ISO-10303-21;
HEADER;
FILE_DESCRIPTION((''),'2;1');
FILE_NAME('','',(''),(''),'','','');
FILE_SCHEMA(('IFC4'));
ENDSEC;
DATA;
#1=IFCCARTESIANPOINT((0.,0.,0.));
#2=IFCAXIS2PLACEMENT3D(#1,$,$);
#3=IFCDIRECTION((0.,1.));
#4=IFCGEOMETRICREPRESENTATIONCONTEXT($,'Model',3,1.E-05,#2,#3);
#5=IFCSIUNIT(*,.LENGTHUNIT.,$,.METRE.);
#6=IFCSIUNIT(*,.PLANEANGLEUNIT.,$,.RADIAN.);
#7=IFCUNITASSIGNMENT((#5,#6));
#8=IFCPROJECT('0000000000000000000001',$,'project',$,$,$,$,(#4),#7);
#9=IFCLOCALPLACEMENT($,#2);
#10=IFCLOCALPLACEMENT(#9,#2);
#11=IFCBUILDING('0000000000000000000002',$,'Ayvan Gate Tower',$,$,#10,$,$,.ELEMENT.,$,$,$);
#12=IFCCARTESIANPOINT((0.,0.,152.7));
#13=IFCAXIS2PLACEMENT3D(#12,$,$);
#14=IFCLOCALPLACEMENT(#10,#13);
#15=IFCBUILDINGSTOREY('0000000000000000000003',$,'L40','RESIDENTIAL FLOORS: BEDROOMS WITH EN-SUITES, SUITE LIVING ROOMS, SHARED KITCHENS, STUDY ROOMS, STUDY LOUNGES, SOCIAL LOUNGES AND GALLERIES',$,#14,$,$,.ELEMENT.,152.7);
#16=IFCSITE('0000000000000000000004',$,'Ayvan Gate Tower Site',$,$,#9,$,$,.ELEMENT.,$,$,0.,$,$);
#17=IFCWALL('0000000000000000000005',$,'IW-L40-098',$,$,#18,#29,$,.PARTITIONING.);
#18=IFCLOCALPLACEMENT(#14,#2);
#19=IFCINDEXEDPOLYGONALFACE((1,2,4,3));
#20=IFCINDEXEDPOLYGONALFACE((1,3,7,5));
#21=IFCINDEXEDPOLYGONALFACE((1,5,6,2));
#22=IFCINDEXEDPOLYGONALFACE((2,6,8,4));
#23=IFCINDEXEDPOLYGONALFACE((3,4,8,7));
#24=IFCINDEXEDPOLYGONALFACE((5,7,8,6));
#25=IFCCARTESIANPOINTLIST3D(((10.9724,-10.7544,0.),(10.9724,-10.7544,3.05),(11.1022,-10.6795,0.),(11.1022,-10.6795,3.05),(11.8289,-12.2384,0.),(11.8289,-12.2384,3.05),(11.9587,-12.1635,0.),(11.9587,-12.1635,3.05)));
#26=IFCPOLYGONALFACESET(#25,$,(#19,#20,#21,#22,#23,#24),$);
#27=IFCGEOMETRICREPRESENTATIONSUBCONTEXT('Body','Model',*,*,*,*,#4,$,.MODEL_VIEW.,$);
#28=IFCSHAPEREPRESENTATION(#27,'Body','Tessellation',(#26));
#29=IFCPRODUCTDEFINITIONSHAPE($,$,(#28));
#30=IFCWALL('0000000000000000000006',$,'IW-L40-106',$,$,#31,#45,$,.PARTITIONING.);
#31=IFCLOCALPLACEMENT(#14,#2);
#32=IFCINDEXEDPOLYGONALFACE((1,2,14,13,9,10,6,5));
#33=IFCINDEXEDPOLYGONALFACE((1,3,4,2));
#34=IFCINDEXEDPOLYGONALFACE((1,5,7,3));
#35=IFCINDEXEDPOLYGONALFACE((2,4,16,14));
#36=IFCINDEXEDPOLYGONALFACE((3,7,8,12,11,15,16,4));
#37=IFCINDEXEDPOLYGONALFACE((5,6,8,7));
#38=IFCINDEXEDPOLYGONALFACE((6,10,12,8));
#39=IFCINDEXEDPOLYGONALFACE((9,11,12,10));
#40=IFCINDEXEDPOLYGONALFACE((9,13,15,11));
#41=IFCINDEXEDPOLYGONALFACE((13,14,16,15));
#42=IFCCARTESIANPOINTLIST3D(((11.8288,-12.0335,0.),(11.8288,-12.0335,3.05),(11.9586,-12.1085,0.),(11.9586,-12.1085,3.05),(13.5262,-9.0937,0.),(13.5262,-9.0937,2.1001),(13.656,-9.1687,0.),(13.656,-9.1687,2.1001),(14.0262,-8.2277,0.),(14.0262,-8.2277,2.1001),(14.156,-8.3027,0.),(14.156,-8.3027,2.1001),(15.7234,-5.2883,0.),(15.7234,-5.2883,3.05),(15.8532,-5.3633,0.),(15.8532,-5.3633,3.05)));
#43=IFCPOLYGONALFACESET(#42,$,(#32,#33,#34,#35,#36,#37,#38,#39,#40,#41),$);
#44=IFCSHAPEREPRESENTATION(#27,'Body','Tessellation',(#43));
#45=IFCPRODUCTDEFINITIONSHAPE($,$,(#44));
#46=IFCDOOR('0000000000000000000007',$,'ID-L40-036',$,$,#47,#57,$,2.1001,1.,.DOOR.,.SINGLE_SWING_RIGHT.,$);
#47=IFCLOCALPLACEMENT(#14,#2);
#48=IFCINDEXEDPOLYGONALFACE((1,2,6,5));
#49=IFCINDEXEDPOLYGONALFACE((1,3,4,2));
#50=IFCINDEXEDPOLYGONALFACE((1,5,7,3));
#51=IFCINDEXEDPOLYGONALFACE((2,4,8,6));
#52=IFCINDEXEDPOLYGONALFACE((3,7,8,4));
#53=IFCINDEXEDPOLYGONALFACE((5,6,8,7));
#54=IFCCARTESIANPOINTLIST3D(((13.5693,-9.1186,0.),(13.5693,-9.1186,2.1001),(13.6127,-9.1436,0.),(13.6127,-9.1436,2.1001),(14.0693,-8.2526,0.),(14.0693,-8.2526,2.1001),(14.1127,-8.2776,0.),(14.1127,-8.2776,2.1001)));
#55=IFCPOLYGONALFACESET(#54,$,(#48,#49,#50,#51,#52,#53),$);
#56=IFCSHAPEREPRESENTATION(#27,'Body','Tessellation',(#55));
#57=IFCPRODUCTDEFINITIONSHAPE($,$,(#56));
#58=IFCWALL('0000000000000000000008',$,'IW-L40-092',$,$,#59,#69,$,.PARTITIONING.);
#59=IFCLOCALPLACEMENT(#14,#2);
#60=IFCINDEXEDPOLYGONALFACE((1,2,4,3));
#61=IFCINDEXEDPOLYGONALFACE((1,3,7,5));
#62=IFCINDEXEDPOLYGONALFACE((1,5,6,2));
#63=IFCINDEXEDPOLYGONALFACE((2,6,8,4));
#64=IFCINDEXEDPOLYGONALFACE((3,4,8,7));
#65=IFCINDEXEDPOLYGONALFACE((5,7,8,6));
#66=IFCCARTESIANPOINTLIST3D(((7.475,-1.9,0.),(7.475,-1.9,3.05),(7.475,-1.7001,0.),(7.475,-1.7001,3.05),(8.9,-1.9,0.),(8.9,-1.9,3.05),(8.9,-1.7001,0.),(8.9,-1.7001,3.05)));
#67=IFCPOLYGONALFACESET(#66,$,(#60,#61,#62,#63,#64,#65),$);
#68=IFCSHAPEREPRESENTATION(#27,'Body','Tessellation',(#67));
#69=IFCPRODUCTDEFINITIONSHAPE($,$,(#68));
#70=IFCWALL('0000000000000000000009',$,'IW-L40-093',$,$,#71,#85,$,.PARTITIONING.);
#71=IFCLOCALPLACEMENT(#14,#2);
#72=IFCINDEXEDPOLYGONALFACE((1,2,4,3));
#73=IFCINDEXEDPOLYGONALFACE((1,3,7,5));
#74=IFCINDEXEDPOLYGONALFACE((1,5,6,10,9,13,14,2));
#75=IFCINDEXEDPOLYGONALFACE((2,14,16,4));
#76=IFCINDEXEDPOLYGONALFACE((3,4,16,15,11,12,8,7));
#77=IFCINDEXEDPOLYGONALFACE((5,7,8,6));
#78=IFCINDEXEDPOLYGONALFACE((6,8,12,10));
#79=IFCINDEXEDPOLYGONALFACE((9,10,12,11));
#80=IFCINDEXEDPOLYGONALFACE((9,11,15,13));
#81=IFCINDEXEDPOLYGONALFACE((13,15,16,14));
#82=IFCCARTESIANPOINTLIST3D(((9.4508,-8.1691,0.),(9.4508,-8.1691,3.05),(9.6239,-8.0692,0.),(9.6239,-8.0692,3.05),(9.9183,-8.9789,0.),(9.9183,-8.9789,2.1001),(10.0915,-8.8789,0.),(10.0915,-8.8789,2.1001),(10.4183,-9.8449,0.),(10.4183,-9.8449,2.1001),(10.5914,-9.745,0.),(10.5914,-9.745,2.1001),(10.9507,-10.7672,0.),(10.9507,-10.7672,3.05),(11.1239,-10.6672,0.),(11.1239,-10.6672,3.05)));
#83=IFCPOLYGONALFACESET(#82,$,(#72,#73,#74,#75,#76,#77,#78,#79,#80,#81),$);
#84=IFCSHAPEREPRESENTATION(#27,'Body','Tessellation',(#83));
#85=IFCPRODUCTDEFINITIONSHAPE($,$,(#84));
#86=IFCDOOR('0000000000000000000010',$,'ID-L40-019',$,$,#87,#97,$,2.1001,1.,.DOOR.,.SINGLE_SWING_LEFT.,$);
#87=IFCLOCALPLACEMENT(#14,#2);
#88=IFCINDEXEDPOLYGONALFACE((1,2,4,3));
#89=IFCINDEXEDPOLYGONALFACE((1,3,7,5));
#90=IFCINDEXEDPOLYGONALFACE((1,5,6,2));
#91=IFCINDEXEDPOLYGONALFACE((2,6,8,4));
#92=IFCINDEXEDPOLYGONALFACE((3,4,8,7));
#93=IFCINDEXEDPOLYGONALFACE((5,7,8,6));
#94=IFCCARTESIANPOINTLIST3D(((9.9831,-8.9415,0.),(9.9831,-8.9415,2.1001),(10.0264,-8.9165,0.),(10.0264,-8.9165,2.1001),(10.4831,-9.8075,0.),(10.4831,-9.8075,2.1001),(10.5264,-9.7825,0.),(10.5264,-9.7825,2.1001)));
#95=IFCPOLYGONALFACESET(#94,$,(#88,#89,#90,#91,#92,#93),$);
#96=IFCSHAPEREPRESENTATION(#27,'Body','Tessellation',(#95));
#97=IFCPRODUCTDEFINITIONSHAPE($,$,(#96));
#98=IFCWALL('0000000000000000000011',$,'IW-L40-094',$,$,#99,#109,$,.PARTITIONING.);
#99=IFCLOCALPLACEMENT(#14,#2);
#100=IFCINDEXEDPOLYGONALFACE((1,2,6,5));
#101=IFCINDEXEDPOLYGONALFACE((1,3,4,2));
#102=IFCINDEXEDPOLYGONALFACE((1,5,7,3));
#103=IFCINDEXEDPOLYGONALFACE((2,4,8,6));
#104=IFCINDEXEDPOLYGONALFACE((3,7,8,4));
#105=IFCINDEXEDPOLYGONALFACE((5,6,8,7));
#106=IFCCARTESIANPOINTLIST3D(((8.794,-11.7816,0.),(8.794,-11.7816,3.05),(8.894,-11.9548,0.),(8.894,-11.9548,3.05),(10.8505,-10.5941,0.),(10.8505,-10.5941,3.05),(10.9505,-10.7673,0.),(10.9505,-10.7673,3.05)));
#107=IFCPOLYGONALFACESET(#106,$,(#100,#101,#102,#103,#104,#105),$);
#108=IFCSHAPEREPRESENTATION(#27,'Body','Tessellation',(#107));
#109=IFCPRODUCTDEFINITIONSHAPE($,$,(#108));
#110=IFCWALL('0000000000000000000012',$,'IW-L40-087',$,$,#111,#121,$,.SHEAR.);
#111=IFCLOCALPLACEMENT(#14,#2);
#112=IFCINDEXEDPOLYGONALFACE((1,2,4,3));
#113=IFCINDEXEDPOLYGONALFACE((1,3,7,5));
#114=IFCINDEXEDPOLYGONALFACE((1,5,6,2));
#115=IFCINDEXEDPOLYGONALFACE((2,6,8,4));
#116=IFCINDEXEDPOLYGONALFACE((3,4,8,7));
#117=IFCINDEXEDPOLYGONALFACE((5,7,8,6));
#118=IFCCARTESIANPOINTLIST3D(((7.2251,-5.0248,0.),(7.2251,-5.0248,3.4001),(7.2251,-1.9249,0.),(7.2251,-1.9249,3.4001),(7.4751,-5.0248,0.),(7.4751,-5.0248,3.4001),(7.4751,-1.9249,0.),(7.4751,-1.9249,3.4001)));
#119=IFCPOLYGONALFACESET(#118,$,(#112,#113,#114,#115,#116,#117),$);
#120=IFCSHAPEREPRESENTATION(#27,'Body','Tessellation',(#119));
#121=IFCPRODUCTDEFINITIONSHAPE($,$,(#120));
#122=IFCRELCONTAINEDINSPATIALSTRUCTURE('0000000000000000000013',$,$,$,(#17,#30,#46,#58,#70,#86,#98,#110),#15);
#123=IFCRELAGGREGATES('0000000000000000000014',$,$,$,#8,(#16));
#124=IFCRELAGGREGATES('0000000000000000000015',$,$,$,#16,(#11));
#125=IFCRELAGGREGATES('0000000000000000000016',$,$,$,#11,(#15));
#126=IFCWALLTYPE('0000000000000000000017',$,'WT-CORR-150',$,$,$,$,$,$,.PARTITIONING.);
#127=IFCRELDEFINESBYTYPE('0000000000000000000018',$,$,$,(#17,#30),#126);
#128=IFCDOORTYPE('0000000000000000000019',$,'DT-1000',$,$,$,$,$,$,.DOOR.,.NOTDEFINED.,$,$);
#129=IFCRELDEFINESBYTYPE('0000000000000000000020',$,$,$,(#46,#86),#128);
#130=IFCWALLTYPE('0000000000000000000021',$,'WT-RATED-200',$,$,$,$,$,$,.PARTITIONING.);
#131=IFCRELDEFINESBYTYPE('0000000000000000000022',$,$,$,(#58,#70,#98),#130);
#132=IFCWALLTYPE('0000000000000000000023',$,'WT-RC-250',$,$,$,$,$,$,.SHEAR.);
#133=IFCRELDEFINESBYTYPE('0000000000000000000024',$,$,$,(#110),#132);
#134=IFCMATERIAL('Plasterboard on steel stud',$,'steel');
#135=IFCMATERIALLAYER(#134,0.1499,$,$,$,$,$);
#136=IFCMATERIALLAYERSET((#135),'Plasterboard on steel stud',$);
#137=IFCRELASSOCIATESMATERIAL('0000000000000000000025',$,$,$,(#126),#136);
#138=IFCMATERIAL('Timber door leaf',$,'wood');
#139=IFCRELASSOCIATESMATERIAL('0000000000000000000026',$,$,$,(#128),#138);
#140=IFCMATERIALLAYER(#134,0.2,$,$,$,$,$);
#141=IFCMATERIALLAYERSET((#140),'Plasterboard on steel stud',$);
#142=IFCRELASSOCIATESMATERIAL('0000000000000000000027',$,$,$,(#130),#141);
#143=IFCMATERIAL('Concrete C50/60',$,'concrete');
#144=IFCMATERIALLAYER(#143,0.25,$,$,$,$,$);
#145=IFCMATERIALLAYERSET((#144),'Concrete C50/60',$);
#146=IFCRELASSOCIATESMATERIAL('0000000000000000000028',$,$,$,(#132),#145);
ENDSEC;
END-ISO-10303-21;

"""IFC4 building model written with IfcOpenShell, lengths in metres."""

from ifc_helpers import new_model, si_unit, direction, frame, frame_2d, origin, place, context, subcontext, project, spatial, rectangle, extrude, material, layer, layer_set, type_object, element, fill, save


model = new_model("IFC4")

# Units and contexts
model_context = context("Model", 3, precision=1e-05, world=origin(), true_north=direction((0.0, 1.0)))
body_context = subcontext(model_context, "Body", "Model", "MODEL_VIEW")
ifc_project = project(units=[si_unit("LENGTHUNIT", "METRE"), si_unit("PLANEANGLEUNIT", "RADIAN")], contexts=[model_context])

# Site, building, storey
site_placement = place(None, origin())
site = spatial("IfcSite", under=ifc_project, at=site_placement, Name="Ayvan Gate Tower Site", CompositionType="ELEMENT", RefElevation=0.0)
building_placement = place(site_placement, origin())
building = spatial("IfcBuilding", under=site, at=building_placement, Name="Ayvan Gate Tower", CompositionType="ELEMENT")
storey_placement = place(building_placement, frame((0.0, 0.0, 152.7)))
storey = spatial("IfcBuildingStorey", under=building, at=storey_placement, Name="L40", Description="RESIDENTIAL FLOORS: BEDROOMS WITH EN-SUITES, SUITE LIVING ROOMS, SHARED KITCHENS, STUDY ROOMS, STUDY LOUNGES, SOCIAL LOUNGES AND GALLERIES", CompositionType="ELEMENT", Elevation=152.7)

# Shared definitions
ifc_material_1 = material(Name="Timber door leaf", Category="wood")

# Shared definitions
ifc_material_2 = material(Name="Plasterboard on steel stud", Category="steel")
ifc_layer_1 = layer(ifc_material_2, 0.1499)
ifc_layer_set_1 = layer_set([ifc_layer_1], Name="Plasterboard on steel stud")
wall_type_1 = type_object("IfcWallType", Name="WT-CORR-150", PredefinedType="PARTITIONING", material=ifc_layer_set_1)

# Shared definitions
door_type_1 = type_object("IfcDoorType", Name="DT-1000", OperationType="NOTDEFINED", PredefinedType="DOOR", material=ifc_material_1)

# Wall
wall_1_placement = place(storey_placement, frame((11.8938, -12.2009, 0.0), z_axis=(0.0, 0.0, 1.0), x_axis=(-0.499879, 0.866095, 0.0)))
element("IfcWall", 1, at=wall_1_placement, inside=storey, type_object=wall_type_1, Name="IW-L40-098", PredefinedType="PARTITIONING", context=body_context, shape_type="SweptSolid", body=[
    extrude(rectangle(XDim=1.7134, YDim=0.1499, at=frame_2d((0.8567, 0.0))), origin(), (0.0, 0.0, 1.0), 3.05),
])

# Wall, opening, door
wall_2_placement = place(storey_placement, frame((15.7883, -5.3257, 0.0), z_axis=(0.0, 0.0, 1.0), x_axis=(-0.500023, -0.866012, 0.0)))
wall_2 = element("IfcWall", 2, at=wall_2_placement, inside=storey, type_object=wall_type_1, Name="IW-L40-106", PredefinedType="PARTITIONING", context=body_context, shape_type="SweptSolid", body=[
    extrude(rectangle(XDim=7.7888, YDim=0.1499, at=frame_2d((3.8945, 0.0))), origin(), (0.0, 0.0, 1.0), 3.05),
])
opening_1_placement = place(wall_2_placement, frame((3.3943, 0.0, 0.0)))
opening_1 = element("IfcOpeningElement", 3, at=opening_1_placement, cuts=wall_2, PredefinedType="OPENING", context=body_context, shape_type="SweptSolid", body=[
    extrude(rectangle(XDim=1.0, YDim=2.1001, at=frame_2d((0.5, 1.05))), frame((0.0, 0.085, 0.0), z_axis=(0.0, -1.0, 0.0), x_axis=(1.0, 0.0, 0.0)), (0.0, 0.0, 1.0), 0.1699),
])
door_1_placement = place(opening_1_placement, origin())
door_1 = element("IfcDoor", 4, at=door_1_placement, inside=storey, type_object=door_type_1, Name="ID-L40-036", OperationType="SINGLE_SWING_RIGHT", OverallHeight=2.1001, OverallWidth=1.0, PredefinedType="DOOR", context=body_context, shape_type="SweptSolid", body=[
    extrude(rectangle(XDim=1.0, YDim=2.1001, at=frame_2d((0.5, 1.05))), frame((0.0, 0.0249, 0.0), z_axis=(0.0, -1.0, 0.0), x_axis=(1.0, 0.0, 0.0)), (0.0, 0.0, 1.0), 0.05),
])
fill(opening_1, door_1)

# Wall
ifc_layer_2 = layer(ifc_material_2, 0.2)
ifc_layer_set_2 = layer_set([ifc_layer_2], Name="Plasterboard on steel stud")
wall_type_2 = type_object("IfcWallType", Name="WT-RATED-200", PredefinedType="PARTITIONING", material=ifc_layer_set_2)
wall_3_placement = place(storey_placement, frame((8.8999, -1.8, 0.0), z_axis=(0.0, 0.0, 1.0), x_axis=(-1.0, 0.0, 0.0)))
element("IfcWall", 5, at=wall_3_placement, inside=storey, type_object=wall_type_2, Name="IW-L40-092", PredefinedType="PARTITIONING", context=body_context, shape_type="SweptSolid", body=[
    extrude(rectangle(XDim=1.425, YDim=0.2, at=frame_2d((0.7124, 0.0))), origin(), (0.0, 0.0, 1.0), 3.05),
])

# Wall, opening, door
wall_4_placement = place(storey_placement, frame((9.5374, -8.1191, 0.0), z_axis=(0.0, 0.0, 1.0), x_axis=(0.49999, -0.866031, 0.0)))
wall_4 = element("IfcWall", 6, at=wall_4_placement, inside=storey, type_object=wall_type_2, Name="IW-L40-093", PredefinedType="PARTITIONING", context=body_context, shape_type="SweptSolid", body=[
    extrude(rectangle(XDim=3.0, YDim=0.2, at=frame_2d((1.5, 0.0))), origin(), (0.0, 0.0, 1.0), 3.05),
])
opening_2_placement = place(wall_4_placement, frame((0.9351, 0.0, 0.0)))
opening_2 = element("IfcOpeningElement", 7, at=opening_2_placement, cuts=wall_4, PredefinedType="OPENING", context=body_context, shape_type="SweptSolid", body=[
    extrude(rectangle(XDim=1.0, YDim=2.1001, at=frame_2d((0.5, 1.05))), frame((0.0, 0.1099, 0.0), z_axis=(0.0, -1.0, 0.0), x_axis=(1.0, 0.0, 0.0)), (0.0, 0.0, 1.0), 0.22),
])
door_2_placement = place(opening_2_placement, origin())
door_2 = element("IfcDoor", 8, at=door_2_placement, inside=storey, type_object=door_type_1, Name="ID-L40-019", OperationType="SINGLE_SWING_LEFT", OverallHeight=2.1001, OverallWidth=1.0, PredefinedType="DOOR", context=body_context, shape_type="SweptSolid", body=[
    extrude(rectangle(XDim=1.0, YDim=2.1001, at=frame_2d((0.5, 1.05))), frame((0.0, 0.0249, 0.0), z_axis=(0.0, -1.0, 0.0), x_axis=(1.0, 0.0, 0.0)), (0.0, 0.0, 1.0), 0.05),
])
fill(opening_2, door_2)

# Walls
wall_5_placement = place(storey_placement, frame((10.9006, -10.6807, 0.0), z_axis=(0.0, 0.0, 1.0), x_axis=(-0.866008, -0.500031, 0.0)))
element("IfcWall", 9, at=wall_5_placement, inside=storey, type_object=wall_type_2, Name="IW-L40-094", PredefinedType="PARTITIONING", context=body_context, shape_type="SweptSolid", body=[
    extrude(rectangle(XDim=2.3748, YDim=0.2, at=frame_2d((1.1875, 0.0))), origin(), (0.0, 0.0, 1.0), 3.05),
])
ifc_material_3 = material(Name="Concrete C50/60", Category="concrete")
ifc_layer_3 = layer(ifc_material_3, 0.25)
ifc_layer_set_3 = layer_set([ifc_layer_3], Name="Concrete C50/60")
wall_type_3 = type_object("IfcWallType", Name="WT-RC-250", PredefinedType="SHEAR", material=ifc_layer_set_3)
wall_6_placement = place(storey_placement, frame((7.3501, -1.925, 0.0), z_axis=(0.0, 0.0, 1.0), x_axis=(0.0, -1.0, 0.0)))
element("IfcWall", 10, at=wall_6_placement, inside=storey, type_object=wall_type_3, Name="IW-L40-087", PredefinedType="SHEAR", context=body_context, shape_type="SweptSolid", body=[
    extrude(rectangle(XDim=3.0999, YDim=0.25, at=frame_2d((1.5498, 0.0))), origin(), (0.0, 0.0, 1.0), 3.4001),
])

save(model, "model.ifc")
